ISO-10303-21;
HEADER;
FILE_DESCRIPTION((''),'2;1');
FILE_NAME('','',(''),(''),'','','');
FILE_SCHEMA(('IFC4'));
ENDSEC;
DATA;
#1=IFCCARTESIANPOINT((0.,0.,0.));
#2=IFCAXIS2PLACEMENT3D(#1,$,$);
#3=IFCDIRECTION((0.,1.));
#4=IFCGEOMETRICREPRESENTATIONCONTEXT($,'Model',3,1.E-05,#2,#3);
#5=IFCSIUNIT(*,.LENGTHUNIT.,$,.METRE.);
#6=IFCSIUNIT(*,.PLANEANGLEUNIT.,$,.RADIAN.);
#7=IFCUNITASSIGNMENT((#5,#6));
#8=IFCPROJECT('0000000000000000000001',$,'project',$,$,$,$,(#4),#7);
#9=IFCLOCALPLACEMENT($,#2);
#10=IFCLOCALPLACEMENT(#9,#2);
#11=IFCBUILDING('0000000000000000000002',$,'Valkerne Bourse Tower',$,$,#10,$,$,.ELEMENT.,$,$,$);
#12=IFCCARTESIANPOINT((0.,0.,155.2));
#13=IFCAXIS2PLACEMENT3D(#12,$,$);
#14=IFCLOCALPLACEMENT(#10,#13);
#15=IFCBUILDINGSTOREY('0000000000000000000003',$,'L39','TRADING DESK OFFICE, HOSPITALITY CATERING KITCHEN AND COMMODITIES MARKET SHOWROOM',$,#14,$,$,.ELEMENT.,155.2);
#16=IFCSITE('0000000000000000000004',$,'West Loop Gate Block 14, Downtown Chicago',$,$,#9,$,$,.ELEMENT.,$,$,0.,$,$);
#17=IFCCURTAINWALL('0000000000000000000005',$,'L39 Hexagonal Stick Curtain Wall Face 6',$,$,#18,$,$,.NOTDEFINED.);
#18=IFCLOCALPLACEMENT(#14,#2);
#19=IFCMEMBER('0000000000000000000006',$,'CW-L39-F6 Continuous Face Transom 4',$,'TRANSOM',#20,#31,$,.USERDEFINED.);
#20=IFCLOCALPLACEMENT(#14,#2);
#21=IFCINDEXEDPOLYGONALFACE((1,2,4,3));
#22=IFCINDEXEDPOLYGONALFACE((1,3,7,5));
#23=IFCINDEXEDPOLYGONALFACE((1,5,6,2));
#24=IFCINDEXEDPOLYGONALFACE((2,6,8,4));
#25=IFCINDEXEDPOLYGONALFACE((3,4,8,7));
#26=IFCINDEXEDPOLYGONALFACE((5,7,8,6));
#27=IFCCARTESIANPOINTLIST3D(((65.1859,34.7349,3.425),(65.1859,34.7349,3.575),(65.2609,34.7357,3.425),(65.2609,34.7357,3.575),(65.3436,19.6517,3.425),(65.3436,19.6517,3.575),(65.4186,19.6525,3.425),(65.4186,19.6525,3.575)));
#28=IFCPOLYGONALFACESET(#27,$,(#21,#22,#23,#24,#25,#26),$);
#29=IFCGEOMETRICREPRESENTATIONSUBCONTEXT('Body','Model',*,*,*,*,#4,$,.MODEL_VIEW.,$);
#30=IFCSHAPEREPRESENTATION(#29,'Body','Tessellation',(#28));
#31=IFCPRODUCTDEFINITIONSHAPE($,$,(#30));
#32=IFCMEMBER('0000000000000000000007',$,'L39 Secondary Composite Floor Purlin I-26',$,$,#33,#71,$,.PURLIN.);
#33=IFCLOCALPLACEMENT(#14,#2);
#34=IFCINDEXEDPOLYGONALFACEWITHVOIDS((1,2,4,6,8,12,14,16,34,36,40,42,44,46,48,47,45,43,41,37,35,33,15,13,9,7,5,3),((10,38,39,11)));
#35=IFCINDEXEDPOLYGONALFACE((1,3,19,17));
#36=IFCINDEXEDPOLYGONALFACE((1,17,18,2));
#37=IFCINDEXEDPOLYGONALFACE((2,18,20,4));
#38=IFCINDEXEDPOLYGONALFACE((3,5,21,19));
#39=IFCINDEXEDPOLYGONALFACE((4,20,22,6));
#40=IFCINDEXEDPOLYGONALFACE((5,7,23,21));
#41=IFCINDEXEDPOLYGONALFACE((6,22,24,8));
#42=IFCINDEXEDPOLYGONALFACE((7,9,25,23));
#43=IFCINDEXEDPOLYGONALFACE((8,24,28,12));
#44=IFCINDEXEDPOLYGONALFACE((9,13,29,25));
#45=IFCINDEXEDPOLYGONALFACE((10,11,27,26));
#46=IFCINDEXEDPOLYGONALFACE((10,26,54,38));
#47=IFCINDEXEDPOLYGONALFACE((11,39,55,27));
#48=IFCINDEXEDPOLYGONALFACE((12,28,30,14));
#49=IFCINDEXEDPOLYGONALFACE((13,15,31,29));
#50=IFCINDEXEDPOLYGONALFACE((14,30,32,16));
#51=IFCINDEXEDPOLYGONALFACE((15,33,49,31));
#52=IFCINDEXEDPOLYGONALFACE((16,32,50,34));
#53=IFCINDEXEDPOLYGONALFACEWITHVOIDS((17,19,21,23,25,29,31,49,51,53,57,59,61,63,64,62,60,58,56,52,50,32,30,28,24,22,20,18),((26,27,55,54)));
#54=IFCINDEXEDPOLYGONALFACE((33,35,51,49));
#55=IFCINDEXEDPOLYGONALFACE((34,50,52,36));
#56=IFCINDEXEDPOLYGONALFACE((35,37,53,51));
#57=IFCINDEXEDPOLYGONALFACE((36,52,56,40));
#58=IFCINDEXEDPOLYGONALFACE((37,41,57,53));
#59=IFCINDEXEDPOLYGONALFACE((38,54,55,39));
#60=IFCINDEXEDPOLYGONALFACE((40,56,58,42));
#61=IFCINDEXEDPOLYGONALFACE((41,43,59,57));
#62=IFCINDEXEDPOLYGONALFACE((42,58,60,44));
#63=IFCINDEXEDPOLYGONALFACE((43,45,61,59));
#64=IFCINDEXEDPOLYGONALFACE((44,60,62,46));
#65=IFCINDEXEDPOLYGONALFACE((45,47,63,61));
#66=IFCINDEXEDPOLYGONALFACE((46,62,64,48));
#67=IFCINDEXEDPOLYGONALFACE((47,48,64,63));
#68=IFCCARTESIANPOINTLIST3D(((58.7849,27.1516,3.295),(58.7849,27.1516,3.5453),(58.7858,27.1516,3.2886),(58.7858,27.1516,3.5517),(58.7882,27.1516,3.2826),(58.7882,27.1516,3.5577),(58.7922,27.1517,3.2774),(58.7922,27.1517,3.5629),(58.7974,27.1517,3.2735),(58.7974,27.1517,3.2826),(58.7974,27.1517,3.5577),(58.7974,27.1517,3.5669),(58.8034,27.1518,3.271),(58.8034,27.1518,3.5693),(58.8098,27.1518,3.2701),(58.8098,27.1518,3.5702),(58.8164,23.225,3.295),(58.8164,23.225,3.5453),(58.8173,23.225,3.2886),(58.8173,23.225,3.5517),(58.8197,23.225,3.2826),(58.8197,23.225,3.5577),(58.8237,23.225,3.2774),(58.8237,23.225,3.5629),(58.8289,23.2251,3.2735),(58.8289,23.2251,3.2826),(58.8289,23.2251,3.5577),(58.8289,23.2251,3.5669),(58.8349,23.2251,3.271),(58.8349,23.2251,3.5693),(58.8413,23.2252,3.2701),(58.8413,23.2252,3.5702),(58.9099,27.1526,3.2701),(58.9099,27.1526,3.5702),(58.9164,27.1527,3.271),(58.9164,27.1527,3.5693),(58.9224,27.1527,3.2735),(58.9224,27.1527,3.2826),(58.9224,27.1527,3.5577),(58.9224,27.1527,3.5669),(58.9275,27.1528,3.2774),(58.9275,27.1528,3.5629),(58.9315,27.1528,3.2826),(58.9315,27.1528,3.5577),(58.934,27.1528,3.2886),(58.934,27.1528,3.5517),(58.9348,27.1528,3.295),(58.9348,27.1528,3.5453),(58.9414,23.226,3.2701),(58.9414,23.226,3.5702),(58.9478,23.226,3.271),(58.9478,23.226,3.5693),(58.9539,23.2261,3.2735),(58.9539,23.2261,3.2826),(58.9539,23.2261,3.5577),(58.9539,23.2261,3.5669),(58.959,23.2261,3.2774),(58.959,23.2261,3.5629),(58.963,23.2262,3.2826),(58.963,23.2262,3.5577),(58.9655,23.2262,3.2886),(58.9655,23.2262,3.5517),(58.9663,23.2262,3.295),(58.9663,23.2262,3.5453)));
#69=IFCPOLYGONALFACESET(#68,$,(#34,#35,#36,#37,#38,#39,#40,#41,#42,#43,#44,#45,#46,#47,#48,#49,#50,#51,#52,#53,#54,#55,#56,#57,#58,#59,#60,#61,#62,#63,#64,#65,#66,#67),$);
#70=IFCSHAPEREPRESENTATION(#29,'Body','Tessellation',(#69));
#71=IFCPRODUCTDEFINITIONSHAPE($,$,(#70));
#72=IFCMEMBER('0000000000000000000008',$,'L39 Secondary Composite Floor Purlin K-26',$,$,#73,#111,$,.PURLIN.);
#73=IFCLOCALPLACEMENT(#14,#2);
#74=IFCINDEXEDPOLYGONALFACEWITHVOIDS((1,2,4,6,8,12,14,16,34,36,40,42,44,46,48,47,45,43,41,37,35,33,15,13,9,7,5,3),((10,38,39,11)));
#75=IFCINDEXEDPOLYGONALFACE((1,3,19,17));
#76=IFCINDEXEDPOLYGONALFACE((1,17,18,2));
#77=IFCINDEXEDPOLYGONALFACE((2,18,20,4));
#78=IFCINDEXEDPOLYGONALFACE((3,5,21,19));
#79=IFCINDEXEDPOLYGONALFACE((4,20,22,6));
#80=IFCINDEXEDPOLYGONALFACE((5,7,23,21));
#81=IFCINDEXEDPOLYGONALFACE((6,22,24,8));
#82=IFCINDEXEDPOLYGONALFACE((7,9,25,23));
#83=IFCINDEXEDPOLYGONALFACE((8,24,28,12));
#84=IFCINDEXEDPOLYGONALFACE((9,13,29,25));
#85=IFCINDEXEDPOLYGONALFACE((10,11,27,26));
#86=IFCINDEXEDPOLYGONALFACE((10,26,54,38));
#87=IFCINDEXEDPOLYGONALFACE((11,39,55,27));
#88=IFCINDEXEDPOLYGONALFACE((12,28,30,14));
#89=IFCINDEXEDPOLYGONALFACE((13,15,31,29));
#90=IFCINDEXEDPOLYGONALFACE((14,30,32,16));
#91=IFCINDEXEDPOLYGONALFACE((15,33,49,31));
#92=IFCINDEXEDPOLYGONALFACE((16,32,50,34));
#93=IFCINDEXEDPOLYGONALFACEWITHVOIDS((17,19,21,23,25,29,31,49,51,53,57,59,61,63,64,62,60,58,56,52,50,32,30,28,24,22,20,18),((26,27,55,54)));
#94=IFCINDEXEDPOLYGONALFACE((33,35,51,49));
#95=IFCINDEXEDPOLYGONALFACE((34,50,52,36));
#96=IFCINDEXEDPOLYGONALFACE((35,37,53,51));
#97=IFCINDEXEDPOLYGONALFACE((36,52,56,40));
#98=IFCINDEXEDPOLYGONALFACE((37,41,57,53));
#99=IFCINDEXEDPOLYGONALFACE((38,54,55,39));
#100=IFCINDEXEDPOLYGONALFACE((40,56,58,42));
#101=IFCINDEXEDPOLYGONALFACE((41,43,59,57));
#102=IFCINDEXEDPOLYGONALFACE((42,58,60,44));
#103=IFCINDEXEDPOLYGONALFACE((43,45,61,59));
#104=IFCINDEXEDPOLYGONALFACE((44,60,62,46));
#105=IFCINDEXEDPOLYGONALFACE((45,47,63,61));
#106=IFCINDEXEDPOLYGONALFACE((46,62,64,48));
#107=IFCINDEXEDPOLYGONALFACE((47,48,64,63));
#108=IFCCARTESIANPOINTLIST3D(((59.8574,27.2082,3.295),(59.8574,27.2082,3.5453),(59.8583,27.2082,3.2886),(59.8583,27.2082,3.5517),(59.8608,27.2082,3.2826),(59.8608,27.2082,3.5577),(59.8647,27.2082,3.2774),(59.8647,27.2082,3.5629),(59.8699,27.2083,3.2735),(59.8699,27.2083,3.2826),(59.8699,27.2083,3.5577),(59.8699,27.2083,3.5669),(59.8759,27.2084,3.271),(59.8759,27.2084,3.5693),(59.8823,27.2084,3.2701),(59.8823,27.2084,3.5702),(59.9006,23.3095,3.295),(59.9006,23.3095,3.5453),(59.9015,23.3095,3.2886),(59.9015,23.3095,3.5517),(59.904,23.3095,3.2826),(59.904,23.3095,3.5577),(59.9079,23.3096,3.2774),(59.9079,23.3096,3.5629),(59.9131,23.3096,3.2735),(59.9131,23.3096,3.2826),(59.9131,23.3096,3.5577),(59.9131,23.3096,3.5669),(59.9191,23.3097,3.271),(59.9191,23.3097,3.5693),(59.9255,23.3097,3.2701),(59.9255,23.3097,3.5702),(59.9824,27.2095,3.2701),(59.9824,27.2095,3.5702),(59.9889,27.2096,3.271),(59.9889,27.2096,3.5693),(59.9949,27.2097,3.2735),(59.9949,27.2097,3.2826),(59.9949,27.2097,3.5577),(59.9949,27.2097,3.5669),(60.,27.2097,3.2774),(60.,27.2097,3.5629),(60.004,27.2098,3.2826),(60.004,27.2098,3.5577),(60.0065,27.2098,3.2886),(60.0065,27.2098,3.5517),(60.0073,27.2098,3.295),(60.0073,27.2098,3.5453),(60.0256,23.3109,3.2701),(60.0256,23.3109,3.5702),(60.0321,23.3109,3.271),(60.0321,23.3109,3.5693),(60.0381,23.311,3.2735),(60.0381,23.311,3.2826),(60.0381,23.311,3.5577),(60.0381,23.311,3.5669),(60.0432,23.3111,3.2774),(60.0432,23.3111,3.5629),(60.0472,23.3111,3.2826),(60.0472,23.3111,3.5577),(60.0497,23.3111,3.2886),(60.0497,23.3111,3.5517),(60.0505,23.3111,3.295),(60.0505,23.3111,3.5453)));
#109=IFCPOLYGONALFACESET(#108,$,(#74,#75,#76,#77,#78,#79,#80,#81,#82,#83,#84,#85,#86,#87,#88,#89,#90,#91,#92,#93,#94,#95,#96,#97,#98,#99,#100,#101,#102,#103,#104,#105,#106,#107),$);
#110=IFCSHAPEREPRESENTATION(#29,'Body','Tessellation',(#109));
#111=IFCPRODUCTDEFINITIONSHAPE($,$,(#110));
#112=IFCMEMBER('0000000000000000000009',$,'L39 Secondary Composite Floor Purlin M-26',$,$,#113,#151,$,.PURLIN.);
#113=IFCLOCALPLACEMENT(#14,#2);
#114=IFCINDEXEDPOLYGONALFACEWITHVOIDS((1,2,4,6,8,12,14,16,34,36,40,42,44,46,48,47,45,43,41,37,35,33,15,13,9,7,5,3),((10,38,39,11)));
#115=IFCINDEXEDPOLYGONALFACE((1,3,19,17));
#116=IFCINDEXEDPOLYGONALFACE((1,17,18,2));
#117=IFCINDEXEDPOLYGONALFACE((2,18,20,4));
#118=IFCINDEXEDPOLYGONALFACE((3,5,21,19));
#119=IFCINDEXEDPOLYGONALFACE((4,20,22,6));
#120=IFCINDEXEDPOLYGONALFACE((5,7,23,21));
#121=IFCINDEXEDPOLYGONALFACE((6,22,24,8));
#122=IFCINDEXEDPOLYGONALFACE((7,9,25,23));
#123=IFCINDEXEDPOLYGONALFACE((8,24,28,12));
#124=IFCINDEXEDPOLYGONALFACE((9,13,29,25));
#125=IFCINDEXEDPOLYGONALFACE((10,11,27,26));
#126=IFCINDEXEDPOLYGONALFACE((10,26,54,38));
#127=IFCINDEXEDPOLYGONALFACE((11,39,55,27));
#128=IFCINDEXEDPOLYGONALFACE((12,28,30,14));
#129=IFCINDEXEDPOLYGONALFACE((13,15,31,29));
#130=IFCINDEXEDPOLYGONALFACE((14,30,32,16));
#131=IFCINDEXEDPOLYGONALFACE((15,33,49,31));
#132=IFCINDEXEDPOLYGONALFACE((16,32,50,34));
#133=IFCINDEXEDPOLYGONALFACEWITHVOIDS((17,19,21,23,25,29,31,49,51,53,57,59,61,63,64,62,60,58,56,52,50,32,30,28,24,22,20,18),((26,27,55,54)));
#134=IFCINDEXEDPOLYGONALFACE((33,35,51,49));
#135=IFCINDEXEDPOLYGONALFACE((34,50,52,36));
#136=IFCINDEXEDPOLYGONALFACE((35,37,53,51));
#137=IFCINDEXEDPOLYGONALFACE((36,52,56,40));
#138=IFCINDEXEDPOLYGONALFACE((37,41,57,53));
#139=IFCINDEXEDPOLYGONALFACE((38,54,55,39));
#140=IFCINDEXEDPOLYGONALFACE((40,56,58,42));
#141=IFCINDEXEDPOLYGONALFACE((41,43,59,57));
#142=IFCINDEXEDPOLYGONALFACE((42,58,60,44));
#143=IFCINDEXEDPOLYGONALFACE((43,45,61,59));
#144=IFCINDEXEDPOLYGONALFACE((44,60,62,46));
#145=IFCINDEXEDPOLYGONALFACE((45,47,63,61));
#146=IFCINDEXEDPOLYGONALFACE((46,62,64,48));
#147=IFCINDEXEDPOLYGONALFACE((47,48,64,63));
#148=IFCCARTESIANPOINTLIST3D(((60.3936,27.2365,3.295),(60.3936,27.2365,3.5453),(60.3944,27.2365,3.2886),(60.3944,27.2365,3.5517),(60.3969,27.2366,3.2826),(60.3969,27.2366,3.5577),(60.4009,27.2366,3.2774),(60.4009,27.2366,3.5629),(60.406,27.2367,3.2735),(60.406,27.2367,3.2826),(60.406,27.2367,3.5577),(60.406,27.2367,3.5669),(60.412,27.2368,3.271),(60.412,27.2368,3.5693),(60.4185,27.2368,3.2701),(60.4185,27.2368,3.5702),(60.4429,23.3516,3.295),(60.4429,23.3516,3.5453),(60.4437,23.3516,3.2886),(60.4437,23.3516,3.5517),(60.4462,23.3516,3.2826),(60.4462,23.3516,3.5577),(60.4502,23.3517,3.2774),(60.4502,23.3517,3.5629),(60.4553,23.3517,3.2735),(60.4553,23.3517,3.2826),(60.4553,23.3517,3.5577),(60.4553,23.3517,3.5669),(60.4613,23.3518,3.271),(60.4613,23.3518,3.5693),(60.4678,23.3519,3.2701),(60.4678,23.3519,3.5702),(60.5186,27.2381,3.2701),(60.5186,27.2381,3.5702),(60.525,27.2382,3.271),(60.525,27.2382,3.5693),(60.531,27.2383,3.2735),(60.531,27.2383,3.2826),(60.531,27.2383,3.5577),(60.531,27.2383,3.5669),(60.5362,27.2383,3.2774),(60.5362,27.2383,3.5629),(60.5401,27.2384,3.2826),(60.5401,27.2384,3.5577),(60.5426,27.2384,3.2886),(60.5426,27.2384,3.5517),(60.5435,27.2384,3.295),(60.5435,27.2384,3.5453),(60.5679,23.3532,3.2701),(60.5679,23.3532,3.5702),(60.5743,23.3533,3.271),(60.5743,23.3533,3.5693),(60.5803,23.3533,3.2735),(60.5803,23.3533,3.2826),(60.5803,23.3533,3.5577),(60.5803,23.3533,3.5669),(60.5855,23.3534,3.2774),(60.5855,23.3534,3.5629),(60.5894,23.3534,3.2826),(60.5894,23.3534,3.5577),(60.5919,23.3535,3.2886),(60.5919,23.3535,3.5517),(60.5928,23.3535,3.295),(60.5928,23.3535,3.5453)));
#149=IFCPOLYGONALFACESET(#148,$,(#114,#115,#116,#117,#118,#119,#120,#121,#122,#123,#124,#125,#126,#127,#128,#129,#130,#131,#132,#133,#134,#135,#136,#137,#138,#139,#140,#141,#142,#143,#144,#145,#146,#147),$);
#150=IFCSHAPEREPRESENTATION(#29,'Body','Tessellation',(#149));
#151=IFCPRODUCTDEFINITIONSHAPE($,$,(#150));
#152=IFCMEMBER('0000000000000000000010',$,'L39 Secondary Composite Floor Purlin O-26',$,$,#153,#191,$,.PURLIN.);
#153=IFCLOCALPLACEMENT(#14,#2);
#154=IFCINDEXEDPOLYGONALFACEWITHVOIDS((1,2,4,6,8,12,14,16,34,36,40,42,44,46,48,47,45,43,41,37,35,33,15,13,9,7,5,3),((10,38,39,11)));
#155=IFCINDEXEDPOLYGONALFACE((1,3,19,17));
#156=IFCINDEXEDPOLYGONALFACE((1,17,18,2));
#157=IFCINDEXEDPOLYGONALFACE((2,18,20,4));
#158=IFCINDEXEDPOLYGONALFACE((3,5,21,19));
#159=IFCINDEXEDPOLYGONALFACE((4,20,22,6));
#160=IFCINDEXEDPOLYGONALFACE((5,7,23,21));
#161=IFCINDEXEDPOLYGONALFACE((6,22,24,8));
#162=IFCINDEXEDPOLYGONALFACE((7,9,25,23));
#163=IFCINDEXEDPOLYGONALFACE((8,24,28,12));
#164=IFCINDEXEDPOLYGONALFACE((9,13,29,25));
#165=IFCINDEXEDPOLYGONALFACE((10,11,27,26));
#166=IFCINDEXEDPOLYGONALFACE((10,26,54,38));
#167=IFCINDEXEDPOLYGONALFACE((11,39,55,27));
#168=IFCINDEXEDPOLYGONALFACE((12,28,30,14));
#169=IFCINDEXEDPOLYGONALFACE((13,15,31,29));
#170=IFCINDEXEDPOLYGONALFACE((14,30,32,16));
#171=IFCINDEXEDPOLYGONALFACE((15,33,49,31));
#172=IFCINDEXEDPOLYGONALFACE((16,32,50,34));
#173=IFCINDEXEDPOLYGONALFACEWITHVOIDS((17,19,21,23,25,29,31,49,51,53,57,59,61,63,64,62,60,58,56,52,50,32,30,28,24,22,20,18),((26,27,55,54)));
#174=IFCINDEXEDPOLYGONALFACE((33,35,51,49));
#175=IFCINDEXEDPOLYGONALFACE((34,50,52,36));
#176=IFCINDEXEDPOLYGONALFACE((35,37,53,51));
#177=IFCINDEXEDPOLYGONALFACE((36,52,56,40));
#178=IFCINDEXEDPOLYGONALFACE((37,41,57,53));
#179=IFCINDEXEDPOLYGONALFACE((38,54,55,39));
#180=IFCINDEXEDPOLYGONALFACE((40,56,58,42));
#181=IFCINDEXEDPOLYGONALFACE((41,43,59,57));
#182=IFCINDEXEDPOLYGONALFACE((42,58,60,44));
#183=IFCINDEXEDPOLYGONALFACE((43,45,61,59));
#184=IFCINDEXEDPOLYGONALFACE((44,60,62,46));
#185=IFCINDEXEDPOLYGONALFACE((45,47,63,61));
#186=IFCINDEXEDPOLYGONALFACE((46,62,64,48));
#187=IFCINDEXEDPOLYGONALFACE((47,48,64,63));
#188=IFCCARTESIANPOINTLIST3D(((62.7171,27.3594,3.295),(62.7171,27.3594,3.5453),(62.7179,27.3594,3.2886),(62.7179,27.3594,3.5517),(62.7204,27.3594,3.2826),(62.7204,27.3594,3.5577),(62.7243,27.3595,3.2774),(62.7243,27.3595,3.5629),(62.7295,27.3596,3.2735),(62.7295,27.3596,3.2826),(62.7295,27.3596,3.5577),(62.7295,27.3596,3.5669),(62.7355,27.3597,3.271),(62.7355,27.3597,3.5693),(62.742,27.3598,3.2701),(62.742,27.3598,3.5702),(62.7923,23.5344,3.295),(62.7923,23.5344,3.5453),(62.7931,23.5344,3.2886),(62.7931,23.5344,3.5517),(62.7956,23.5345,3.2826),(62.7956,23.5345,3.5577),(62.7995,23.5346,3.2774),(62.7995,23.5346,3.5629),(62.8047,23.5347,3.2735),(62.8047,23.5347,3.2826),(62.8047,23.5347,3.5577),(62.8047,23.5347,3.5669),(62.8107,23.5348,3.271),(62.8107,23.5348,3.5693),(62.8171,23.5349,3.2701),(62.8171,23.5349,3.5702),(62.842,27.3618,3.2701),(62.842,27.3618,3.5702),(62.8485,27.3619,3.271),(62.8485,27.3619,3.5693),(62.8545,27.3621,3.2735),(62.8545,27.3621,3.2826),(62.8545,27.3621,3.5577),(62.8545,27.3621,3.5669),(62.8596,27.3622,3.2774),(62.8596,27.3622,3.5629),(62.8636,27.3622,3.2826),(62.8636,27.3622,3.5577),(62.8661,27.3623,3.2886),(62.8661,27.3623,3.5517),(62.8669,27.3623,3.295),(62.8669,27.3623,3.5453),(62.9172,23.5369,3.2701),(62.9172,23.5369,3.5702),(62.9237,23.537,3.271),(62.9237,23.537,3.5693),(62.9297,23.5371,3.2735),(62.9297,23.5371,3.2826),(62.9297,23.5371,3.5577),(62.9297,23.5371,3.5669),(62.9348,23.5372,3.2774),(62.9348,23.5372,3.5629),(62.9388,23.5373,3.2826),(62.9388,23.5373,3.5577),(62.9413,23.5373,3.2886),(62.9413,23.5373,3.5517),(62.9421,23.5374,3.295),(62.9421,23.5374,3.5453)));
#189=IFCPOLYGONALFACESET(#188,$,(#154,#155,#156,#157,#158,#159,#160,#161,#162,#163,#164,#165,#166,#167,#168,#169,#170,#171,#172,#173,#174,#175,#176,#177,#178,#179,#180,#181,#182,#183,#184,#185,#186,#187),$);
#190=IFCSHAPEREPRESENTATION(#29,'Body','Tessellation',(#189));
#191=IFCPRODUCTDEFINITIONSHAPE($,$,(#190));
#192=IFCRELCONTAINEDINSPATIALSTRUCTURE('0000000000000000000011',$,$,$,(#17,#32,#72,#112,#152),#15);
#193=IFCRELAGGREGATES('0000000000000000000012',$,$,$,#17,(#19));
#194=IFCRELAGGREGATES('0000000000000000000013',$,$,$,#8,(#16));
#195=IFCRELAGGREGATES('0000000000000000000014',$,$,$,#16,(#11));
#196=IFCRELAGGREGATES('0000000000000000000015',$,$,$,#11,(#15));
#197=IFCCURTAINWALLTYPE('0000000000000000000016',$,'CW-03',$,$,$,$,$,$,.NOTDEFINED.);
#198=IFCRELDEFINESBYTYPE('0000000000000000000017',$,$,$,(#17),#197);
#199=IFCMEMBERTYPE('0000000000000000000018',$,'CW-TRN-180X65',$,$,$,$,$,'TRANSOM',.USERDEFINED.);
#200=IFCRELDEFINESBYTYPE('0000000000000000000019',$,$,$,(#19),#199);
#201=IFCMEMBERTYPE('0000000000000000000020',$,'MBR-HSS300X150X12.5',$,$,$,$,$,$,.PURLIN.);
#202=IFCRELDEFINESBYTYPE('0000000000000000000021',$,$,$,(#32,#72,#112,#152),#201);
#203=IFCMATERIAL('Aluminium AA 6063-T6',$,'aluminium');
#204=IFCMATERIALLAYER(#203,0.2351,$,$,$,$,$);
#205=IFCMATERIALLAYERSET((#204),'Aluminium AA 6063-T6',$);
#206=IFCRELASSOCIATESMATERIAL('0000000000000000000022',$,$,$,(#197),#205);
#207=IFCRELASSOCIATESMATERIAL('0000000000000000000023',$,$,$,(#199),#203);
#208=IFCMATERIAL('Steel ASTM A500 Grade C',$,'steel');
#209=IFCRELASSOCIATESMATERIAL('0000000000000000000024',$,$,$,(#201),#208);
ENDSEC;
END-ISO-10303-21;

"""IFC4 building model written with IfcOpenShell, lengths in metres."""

from ifc_helpers import new_model, si_unit, direction, frame, origin, origin_2d, place, context, subcontext, project, spatial, rectangle, hollow_rectangle, extrude, material, layer, layer_set, material_profile, profile_set, type_object, element, aggregate, save


model = new_model("IFC4")

# Units and contexts
model_context = context("Model", 3, precision=1e-05, world=origin(), true_north=direction((0.0, 1.0)))
body_context = subcontext(model_context, "Body", "Model", "MODEL_VIEW")
ifc_project = project(units=[si_unit("LENGTHUNIT", "METRE"), si_unit("PLANEANGLEUNIT", "RADIAN")], contexts=[model_context])

# Site, building, storey
site_placement = place(None, origin())
site = spatial("IfcSite", under=ifc_project, at=site_placement, Name="West Loop Gate Block 14, Downtown Chicago", CompositionType="ELEMENT", RefElevation=0.0)
building_placement = place(site_placement, origin())
building = spatial("IfcBuilding", under=site, at=building_placement, Name="Valkerne Bourse Tower", CompositionType="ELEMENT")
storey_placement = place(building_placement, frame((0.0, 0.0, 155.2)))
storey = spatial("IfcBuildingStorey", under=building, at=storey_placement, Name="L39", Description="TRADING DESK OFFICE, HOSPITALITY CATERING KITCHEN AND COMMODITIES MARKET SHOWROOM", CompositionType="ELEMENT", Elevation=155.2)

# Curtain wall, member
ifc_material_1 = material(Name="Aluminium AA 6063-T6", Category="aluminium")
ifc_layer_1 = layer(ifc_material_1, 0.2351)
ifc_layer_set_1 = layer_set([ifc_layer_1], Name="Aluminium AA 6063-T6")
curtain_wall_type = type_object("IfcCurtainWallType", Name="CW-03", PredefinedType="NOTDEFINED", material=ifc_layer_set_1)
curtain_wall_placement = place(storey_placement, origin())
curtain_wall = element("IfcCurtainWall", 1, at=curtain_wall_placement, inside=storey, type_object=curtain_wall_type, Name="L39 Hexagonal Stick Curtain Wall Face 6", PredefinedType="NOTDEFINED")
ifc_material_profile_1 = material_profile(ifc_material_1, rectangle(XDim=0.075, YDim=0.1499, at=origin_2d()), Name="CWT-75X150")
ifc_profile_set_1 = profile_set([ifc_material_profile_1], Name="Aluminium AA 6063-T6")
member_type_1 = type_object("IfcMemberType", Name="CW-TRN-180X65", ElementType="TRANSOM", PredefinedType="USERDEFINED", material=ifc_profile_set_1)
member_1_placement = place(storey_placement, frame((65.3811, 19.6521, 3.5), z_axis=(-0.010456, 0.999945, 0.0), x_axis=(-0.999945, -0.010456, 0.0)))
member_1 = element("IfcMember", 2, at=member_1_placement, type_object=member_type_1, Name="CW-L39-F6 Continuous Face Transom 4", ObjectType="TRANSOM", PredefinedType="USERDEFINED", context=body_context, shape_type="SweptSolid", body=[
    extrude(rectangle(XDim=0.075, YDim=0.1499, at=origin_2d()), origin(), (0.0, 0.0, 1.0), 15.084),
])

# Members
ifc_material_2 = material(Name="Steel ASTM A500 Grade C", Category="steel")
ifc_material_profile_2 = material_profile(ifc_material_2, hollow_rectangle(XDim=0.1499, YDim=0.3, WallThickness=0.0125, OuterFilletRadius=0.0249, at=origin_2d()), Name="HSS300X150X12.5")
ifc_profile_set_2 = profile_set([ifc_material_profile_2], Name="Steel ASTM A500 Grade C")
member_type_2 = type_object("IfcMemberType", Name="MBR-HSS300X150X12.5", PredefinedType="PURLIN", material=ifc_profile_set_2)
member_2_placement = place(storey_placement, frame((58.8914, 23.2256, 3.4202), z_axis=(-0.008021, 0.999968, 0.0), x_axis=(-0.999968, -0.008021, 0.0)))
element("IfcMember", 3, at=member_2_placement, inside=storey, type_object=member_type_2, Name="L39 Secondary Composite Floor Purlin I-26", PredefinedType="PURLIN", context=body_context, shape_type="SweptSolid", body=[
    extrude(hollow_rectangle(XDim=0.1499, YDim=0.3, WallThickness=0.0125, OuterFilletRadius=0.0249, at=origin_2d()), origin(), (0.0, 0.0, 1.0), 3.9268),
])
member_3_placement = place(storey_placement, frame((59.9756, 23.3103, 3.4202), z_axis=(-0.011083, 0.999939, 0.0), x_axis=(-0.999939, -0.011083, 0.0)))
element("IfcMember", 4, at=member_3_placement, inside=storey, type_object=member_type_2, Name="L39 Secondary Composite Floor Purlin K-26", PredefinedType="PURLIN", context=body_context, shape_type="SweptSolid", body=[
    extrude(hollow_rectangle(XDim=0.1499, YDim=0.3, WallThickness=0.0125, OuterFilletRadius=0.0249, at=origin_2d()), origin(), (0.0, 0.0, 1.0), 3.8989),
])
member_4_placement = place(storey_placement, frame((60.5178, 23.3525, 3.4202), z_axis=(-0.012693, 0.999919, 0.0), x_axis=(-0.999919, -0.012693, 0.0)))
element("IfcMember", 5, at=member_4_placement, inside=storey, type_object=member_type_2, Name="L39 Secondary Composite Floor Purlin M-26", PredefinedType="PURLIN", context=body_context, shape_type="SweptSolid", body=[
    extrude(hollow_rectangle(XDim=0.1499, YDim=0.3, WallThickness=0.0125, OuterFilletRadius=0.0249, at=origin_2d()), origin(), (0.0, 0.0, 1.0), 3.8853),
])
member_5_placement = place(storey_placement, frame((62.8672, 23.5359, 3.4202), z_axis=(-0.019655, 0.999807, 0.0), x_axis=(-0.999807, -0.019655, 0.0)))
element("IfcMember", 6, at=member_5_placement, inside=storey, type_object=member_type_2, Name="L39 Secondary Composite Floor Purlin O-26", PredefinedType="PURLIN", context=body_context, shape_type="SweptSolid", body=[
    extrude(hollow_rectangle(XDim=0.1499, YDim=0.3, WallThickness=0.0125, OuterFilletRadius=0.0249, at=origin_2d()), origin(), (0.0, 0.0, 1.0), 3.8257),
])

aggregate(curtain_wall, [member_1])

save(model, "model.ifc")
